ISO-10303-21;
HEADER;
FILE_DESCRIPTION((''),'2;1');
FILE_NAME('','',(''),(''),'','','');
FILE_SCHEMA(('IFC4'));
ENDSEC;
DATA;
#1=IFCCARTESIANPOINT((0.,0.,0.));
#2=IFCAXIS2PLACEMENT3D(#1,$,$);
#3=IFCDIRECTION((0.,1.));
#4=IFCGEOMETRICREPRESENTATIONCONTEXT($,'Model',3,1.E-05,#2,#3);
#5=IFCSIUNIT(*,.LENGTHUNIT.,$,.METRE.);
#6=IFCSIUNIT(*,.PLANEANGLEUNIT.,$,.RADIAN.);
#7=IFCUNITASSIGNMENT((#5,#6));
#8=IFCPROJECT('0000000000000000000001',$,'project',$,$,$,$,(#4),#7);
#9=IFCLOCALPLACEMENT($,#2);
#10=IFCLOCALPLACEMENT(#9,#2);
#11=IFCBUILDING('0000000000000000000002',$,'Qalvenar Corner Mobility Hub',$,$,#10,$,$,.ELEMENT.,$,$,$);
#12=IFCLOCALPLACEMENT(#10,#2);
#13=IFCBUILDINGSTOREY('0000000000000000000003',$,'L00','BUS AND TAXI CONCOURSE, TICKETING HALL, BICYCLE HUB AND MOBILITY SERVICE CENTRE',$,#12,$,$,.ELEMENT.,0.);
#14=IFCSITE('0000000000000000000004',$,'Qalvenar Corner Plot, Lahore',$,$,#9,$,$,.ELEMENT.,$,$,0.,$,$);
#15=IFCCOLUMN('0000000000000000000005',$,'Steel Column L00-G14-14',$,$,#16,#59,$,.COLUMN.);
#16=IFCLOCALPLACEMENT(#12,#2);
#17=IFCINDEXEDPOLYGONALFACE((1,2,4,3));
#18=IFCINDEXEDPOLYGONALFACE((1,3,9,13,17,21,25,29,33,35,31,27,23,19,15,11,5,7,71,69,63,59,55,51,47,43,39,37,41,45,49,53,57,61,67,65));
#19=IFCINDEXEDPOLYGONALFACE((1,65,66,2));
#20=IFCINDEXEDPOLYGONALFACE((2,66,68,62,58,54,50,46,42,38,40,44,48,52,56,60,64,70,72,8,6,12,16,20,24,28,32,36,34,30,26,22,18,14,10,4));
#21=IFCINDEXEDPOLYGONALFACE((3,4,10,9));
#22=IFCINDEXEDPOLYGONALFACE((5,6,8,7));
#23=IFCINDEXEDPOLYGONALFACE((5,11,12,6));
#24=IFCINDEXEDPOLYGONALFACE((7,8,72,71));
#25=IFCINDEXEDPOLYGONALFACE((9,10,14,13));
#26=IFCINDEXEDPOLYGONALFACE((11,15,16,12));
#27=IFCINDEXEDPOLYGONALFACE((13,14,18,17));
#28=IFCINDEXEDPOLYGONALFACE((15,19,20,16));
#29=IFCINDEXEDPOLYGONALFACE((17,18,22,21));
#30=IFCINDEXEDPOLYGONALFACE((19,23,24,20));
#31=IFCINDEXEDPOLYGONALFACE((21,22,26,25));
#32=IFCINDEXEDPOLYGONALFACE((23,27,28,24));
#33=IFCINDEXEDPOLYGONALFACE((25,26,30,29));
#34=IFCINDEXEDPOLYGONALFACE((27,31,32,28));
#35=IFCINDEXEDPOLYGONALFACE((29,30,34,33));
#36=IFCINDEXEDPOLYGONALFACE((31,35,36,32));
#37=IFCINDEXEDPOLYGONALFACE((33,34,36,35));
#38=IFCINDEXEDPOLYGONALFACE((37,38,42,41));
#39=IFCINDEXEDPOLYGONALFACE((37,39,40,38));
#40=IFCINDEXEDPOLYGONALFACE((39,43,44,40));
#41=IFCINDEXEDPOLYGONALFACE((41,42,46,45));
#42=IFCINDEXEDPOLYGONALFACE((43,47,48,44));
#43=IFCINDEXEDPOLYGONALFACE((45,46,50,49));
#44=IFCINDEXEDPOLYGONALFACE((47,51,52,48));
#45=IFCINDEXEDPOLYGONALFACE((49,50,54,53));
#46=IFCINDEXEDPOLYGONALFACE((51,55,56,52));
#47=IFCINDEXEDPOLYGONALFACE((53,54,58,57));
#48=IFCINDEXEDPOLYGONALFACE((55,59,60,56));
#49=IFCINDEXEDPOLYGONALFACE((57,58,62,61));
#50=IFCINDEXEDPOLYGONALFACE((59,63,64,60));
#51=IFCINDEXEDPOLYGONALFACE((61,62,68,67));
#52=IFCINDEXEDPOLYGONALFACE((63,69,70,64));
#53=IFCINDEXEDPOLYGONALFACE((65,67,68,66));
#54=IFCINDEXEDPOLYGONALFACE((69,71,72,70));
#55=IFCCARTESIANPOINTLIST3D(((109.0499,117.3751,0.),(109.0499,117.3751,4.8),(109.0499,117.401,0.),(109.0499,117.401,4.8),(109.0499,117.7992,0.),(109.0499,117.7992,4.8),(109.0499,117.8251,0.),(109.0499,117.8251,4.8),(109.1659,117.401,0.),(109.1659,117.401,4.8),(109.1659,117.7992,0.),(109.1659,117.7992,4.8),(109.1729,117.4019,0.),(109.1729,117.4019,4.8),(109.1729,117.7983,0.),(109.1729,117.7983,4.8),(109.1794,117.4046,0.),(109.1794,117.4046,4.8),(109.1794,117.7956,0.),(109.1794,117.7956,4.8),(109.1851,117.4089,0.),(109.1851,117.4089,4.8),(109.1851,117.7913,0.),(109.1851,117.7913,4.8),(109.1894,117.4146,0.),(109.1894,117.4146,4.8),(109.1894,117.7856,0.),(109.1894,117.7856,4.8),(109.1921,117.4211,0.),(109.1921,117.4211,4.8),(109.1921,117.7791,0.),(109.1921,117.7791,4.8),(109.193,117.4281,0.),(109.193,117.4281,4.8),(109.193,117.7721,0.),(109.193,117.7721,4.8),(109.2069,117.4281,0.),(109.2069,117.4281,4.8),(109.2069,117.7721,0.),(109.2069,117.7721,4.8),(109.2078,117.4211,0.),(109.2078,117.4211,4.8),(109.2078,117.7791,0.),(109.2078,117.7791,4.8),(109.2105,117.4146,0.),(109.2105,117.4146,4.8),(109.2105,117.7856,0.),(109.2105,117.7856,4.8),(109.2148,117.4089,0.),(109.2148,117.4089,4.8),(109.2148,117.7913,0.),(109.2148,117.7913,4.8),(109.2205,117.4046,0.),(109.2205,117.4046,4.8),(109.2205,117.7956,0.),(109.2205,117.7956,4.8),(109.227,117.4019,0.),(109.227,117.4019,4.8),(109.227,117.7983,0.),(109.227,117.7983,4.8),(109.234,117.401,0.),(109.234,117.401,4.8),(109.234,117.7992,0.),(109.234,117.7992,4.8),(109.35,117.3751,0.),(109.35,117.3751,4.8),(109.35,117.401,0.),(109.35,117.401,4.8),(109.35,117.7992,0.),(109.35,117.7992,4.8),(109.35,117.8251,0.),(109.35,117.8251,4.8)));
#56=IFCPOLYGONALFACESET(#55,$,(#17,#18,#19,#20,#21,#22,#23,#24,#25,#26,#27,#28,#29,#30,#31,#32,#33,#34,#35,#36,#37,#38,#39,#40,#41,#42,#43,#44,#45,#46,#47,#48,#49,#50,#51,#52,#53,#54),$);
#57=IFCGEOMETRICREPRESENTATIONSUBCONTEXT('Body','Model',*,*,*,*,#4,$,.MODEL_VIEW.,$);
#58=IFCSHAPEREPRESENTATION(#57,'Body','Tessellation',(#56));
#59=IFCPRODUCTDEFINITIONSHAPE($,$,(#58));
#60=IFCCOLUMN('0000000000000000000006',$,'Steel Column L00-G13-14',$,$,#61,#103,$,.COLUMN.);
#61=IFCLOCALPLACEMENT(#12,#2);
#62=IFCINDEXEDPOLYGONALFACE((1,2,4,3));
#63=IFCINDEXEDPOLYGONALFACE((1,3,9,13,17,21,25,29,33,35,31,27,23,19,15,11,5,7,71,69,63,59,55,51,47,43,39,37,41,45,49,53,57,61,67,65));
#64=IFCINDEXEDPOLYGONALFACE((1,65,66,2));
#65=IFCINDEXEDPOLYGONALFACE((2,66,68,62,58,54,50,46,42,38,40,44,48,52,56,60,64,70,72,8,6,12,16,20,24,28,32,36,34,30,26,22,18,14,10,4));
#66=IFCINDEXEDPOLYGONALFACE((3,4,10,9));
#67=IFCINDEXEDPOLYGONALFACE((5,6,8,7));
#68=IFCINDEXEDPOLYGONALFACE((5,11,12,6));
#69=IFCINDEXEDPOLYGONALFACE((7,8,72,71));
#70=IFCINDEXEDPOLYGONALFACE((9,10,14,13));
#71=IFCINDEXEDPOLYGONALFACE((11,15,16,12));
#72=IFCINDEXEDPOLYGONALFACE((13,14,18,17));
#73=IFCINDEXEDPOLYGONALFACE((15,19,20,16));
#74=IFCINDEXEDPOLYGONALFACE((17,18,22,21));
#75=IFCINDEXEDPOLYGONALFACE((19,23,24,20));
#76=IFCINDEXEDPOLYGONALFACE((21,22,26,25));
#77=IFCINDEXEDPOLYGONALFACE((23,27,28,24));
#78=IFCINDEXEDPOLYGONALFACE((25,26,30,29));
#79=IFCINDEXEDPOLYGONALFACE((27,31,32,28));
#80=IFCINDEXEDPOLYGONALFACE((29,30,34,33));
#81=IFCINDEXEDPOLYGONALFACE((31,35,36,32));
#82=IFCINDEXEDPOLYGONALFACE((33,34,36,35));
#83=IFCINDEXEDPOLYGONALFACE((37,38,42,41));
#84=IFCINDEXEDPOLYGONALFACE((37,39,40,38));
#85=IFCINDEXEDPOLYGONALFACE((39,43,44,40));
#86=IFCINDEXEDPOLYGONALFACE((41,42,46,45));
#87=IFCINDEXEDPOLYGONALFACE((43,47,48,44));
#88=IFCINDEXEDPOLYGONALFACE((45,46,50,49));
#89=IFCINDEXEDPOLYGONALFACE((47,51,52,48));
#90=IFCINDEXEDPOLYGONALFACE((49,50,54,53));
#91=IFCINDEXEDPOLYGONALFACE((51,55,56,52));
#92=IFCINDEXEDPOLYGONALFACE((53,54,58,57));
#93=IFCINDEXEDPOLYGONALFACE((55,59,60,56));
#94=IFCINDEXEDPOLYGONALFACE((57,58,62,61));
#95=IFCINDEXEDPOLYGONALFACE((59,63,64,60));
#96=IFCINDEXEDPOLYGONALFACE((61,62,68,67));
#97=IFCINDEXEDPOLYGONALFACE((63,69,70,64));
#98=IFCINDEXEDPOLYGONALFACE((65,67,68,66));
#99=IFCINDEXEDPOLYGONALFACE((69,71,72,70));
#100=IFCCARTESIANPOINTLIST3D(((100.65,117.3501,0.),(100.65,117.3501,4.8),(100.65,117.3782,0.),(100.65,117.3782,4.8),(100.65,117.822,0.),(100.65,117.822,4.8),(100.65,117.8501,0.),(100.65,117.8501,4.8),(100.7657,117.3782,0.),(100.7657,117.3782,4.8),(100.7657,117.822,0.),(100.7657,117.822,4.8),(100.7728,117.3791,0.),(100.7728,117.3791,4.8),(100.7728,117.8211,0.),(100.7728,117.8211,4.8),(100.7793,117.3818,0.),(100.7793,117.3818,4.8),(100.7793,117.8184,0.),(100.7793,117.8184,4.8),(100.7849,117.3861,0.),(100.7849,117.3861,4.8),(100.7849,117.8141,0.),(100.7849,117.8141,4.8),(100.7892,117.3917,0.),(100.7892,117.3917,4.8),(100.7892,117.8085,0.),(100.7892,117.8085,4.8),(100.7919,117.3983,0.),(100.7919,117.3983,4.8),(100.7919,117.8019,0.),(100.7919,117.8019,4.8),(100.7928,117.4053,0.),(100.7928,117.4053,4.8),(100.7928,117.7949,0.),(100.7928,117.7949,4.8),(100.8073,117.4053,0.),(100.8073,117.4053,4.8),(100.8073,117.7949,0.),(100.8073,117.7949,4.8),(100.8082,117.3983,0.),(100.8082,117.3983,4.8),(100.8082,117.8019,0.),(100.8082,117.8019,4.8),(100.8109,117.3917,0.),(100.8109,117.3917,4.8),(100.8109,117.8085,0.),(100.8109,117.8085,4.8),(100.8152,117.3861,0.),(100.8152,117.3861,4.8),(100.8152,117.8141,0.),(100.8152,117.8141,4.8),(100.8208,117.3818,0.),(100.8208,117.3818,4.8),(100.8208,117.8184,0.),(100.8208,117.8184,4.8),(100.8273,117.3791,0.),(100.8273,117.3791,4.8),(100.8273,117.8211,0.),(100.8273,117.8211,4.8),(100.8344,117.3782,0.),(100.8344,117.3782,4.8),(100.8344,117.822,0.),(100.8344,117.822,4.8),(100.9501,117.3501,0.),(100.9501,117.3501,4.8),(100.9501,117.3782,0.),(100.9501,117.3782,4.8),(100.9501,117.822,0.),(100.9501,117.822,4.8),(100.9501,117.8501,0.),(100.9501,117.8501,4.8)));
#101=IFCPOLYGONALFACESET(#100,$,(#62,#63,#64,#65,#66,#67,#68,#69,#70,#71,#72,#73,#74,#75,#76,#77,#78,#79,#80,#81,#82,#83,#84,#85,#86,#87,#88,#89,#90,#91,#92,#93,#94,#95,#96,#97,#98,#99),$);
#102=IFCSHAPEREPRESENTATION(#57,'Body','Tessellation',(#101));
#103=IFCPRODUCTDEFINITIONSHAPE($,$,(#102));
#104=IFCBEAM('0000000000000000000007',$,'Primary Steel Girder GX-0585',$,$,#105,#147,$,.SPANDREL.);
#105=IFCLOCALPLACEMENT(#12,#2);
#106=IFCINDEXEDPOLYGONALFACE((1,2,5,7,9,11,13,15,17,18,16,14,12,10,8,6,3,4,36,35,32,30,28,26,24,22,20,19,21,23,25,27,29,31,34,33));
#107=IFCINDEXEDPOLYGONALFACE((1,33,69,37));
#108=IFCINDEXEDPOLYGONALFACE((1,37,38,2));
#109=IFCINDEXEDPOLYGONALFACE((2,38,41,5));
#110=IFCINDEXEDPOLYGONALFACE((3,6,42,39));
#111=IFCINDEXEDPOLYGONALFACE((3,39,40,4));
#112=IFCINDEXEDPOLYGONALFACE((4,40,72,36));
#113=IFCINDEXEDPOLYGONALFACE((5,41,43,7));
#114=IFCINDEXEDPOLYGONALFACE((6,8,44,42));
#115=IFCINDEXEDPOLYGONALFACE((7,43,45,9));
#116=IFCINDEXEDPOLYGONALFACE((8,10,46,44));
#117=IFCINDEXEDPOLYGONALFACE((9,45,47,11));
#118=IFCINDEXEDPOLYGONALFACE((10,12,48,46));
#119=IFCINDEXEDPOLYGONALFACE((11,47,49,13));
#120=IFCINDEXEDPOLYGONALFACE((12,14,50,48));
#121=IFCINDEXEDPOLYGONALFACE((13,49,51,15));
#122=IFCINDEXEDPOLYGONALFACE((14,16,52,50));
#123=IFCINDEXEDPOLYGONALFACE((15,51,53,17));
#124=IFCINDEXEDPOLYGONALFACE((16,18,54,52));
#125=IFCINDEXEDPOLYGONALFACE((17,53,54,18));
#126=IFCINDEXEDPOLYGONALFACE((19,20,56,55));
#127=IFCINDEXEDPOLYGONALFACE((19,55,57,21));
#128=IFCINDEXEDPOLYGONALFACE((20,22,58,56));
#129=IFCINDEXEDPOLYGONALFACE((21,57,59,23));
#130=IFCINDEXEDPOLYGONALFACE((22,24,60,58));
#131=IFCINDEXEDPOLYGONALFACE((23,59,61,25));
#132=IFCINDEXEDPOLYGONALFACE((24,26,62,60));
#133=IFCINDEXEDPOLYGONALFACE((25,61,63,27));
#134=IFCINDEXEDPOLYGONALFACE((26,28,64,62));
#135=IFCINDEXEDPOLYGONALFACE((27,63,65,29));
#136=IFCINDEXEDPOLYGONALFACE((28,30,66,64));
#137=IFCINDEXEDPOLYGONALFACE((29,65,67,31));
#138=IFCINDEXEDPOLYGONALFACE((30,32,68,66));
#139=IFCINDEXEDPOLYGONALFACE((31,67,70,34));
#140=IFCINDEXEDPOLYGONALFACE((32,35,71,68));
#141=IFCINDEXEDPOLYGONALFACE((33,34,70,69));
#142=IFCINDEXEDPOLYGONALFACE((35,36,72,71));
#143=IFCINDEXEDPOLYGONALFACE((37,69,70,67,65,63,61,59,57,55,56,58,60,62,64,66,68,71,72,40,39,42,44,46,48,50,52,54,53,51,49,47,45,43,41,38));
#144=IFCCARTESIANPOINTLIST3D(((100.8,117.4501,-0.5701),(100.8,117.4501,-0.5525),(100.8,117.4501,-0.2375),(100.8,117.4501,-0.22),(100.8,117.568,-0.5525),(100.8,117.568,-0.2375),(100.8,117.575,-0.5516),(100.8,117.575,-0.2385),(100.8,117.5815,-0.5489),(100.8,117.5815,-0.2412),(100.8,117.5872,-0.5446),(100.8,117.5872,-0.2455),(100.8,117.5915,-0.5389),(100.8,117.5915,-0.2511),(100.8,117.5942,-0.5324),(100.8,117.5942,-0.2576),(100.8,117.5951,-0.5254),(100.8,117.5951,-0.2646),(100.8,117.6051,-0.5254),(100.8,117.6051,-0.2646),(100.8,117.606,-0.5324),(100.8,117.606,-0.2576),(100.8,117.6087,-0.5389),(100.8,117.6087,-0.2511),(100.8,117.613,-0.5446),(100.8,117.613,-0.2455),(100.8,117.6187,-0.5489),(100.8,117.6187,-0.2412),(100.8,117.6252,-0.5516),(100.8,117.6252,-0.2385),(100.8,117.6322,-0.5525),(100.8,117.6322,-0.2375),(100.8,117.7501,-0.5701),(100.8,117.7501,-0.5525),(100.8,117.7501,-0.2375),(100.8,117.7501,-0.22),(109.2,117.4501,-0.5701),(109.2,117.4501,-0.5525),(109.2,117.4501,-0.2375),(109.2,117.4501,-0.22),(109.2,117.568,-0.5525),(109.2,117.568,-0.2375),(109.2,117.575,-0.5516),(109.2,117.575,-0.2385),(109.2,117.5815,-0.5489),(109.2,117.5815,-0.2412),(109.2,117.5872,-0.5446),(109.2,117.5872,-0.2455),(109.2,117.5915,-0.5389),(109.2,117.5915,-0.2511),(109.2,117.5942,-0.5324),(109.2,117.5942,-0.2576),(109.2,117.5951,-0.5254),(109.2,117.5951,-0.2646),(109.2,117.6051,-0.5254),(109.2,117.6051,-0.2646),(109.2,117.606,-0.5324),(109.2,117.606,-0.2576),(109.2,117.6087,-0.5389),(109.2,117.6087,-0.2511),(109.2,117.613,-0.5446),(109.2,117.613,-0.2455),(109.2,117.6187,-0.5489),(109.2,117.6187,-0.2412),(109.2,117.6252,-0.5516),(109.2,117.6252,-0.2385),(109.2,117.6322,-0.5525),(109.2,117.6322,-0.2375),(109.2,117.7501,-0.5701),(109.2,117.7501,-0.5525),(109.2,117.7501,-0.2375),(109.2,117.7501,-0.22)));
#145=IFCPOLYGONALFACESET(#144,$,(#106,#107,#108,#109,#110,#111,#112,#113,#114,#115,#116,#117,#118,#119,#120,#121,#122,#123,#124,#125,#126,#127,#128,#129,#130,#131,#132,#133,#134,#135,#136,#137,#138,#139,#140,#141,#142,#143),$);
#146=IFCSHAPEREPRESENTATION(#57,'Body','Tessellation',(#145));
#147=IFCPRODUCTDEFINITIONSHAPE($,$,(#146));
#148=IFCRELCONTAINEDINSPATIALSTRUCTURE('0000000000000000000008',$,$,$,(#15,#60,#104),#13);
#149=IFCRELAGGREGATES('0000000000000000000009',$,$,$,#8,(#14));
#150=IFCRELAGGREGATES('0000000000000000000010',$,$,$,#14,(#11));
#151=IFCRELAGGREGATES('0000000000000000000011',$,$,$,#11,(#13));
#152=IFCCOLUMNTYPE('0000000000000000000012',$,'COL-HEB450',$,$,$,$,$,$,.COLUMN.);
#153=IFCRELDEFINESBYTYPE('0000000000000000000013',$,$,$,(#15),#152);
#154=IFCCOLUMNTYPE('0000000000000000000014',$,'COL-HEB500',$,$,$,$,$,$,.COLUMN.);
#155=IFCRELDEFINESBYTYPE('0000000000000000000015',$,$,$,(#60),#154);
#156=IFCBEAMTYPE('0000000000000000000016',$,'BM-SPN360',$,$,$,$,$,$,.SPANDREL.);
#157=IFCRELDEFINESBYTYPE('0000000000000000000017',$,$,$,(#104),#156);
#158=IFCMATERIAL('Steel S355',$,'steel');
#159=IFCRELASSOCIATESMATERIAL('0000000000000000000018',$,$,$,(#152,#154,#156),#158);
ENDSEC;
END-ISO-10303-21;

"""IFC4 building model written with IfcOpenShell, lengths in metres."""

from ifc_helpers import new_model, si_unit, direction, frame, origin, origin_2d, place, context, subcontext, project, spatial, i_section, extrude, material, material_profile, profile_set, type_object, element, save


model = new_model("IFC4")

# Units and contexts
model_context = context("Model", 3, precision=1e-05, world=origin(), true_north=direction((0.0, 1.0)))
body_context = subcontext(model_context, "Body", "Model", "MODEL_VIEW")
ifc_project = project(units=[si_unit("LENGTHUNIT", "METRE"), si_unit("PLANEANGLEUNIT", "RADIAN")], contexts=[model_context])

# Site, building, storey
site_placement = place(None, origin())
site = spatial("IfcSite", under=ifc_project, at=site_placement, Name="Qalvenar Corner Plot, Lahore", CompositionType="ELEMENT", RefElevation=0.0)
building_placement = place(site_placement, origin())
building = spatial("IfcBuilding", under=site, at=building_placement, Name="Qalvenar Corner Mobility Hub", CompositionType="ELEMENT")
storey_placement = place(building_placement, origin())
storey = spatial("IfcBuildingStorey", under=building, at=storey_placement, Name="L00", Description="BUS AND TAXI CONCOURSE, TICKETING HALL, BICYCLE HUB AND MOBILITY SERVICE CENTRE", CompositionType="ELEMENT", Elevation=0.0)

# Columns
ifc_material_1 = material(Name="Steel S355", Category="steel")
ifc_material_profile_1 = material_profile(ifc_material_1, i_section(OverallWidth=0.3, OverallDepth=0.45, WebThickness=0.0139, FlangeThickness=0.0259, FilletRadius=0.0271, at=origin_2d()), Name="HEB450")
ifc_profile_set_1 = profile_set([ifc_material_profile_1], Name="Steel S355")
column_type_1 = type_object("IfcColumnType", Name="COL-HEB450", PredefinedType="COLUMN", material=ifc_profile_set_1)
column_1_placement = place(storey_placement, frame((109.2, 117.6001, 0.0), z_axis=(0.0, 0.0, 1.0), x_axis=(1.0, 0.0, 0.0)))
element("IfcColumn", 1, at=column_1_placement, inside=storey, type_object=column_type_1, Name="Steel Column L00-G14-14", PredefinedType="COLUMN", context=body_context, shape_type="SweptSolid", body=[
    extrude(i_section(OverallWidth=0.3, OverallDepth=0.45, WebThickness=0.0139, FlangeThickness=0.0259, FilletRadius=0.0271, at=origin_2d()), origin(), (0.0, 0.0, 1.0), 4.8),
])
ifc_material_profile_2 = material_profile(ifc_material_1, i_section(OverallWidth=0.3, OverallDepth=0.5, WebThickness=0.0144, FlangeThickness=0.0281, FilletRadius=0.0271, at=origin_2d()), Name="HEB500")
ifc_profile_set_2 = profile_set([ifc_material_profile_2], Name="Steel S355")
column_type_2 = type_object("IfcColumnType", Name="COL-HEB500", PredefinedType="COLUMN", material=ifc_profile_set_2)
column_2_placement = place(storey_placement, frame((100.8, 117.6001, 0.0), z_axis=(0.0, 0.0, 1.0), x_axis=(1.0, 0.0, 0.0)))
element("IfcColumn", 2, at=column_2_placement, inside=storey, type_object=column_type_2, Name="Steel Column L00-G13-14", PredefinedType="COLUMN", context=body_context, shape_type="SweptSolid", body=[
    extrude(i_section(OverallWidth=0.3, OverallDepth=0.5, WebThickness=0.0144, FlangeThickness=0.0281, FilletRadius=0.0271, at=origin_2d()), origin(), (0.0, 0.0, 1.0), 4.8),
])

# Beam
ifc_material_profile_3 = material_profile(ifc_material_1, i_section(OverallWidth=0.3, OverallDepth=0.3501, WebThickness=0.01, FlangeThickness=0.0176, FilletRadius=0.0271, at=origin_2d()), Name="HEA360")
ifc_profile_set_3 = profile_set([ifc_material_profile_3], Name="Steel S355")
beam_type = type_object("IfcBeamType", Name="BM-SPN360", PredefinedType="SPANDREL", material=ifc_profile_set_3)
beam_placement = place(storey_placement, frame((100.8, 117.6001, -0.395), z_axis=(1.0, 0.0, 0.0), x_axis=(0.0, 1.0, 0.0)))
element("IfcBeam", 3, at=beam_placement, inside=storey, type_object=beam_type, Name="Primary Steel Girder GX-0585", PredefinedType="SPANDREL", context=body_context, shape_type="SweptSolid", body=[
    extrude(i_section(OverallWidth=0.3, OverallDepth=0.3501, WebThickness=0.01, FlangeThickness=0.0176, FilletRadius=0.0271, at=origin_2d()), origin(), (0.0, 0.0, 1.0), 8.3999),
])

save(model, "model.ifc")
